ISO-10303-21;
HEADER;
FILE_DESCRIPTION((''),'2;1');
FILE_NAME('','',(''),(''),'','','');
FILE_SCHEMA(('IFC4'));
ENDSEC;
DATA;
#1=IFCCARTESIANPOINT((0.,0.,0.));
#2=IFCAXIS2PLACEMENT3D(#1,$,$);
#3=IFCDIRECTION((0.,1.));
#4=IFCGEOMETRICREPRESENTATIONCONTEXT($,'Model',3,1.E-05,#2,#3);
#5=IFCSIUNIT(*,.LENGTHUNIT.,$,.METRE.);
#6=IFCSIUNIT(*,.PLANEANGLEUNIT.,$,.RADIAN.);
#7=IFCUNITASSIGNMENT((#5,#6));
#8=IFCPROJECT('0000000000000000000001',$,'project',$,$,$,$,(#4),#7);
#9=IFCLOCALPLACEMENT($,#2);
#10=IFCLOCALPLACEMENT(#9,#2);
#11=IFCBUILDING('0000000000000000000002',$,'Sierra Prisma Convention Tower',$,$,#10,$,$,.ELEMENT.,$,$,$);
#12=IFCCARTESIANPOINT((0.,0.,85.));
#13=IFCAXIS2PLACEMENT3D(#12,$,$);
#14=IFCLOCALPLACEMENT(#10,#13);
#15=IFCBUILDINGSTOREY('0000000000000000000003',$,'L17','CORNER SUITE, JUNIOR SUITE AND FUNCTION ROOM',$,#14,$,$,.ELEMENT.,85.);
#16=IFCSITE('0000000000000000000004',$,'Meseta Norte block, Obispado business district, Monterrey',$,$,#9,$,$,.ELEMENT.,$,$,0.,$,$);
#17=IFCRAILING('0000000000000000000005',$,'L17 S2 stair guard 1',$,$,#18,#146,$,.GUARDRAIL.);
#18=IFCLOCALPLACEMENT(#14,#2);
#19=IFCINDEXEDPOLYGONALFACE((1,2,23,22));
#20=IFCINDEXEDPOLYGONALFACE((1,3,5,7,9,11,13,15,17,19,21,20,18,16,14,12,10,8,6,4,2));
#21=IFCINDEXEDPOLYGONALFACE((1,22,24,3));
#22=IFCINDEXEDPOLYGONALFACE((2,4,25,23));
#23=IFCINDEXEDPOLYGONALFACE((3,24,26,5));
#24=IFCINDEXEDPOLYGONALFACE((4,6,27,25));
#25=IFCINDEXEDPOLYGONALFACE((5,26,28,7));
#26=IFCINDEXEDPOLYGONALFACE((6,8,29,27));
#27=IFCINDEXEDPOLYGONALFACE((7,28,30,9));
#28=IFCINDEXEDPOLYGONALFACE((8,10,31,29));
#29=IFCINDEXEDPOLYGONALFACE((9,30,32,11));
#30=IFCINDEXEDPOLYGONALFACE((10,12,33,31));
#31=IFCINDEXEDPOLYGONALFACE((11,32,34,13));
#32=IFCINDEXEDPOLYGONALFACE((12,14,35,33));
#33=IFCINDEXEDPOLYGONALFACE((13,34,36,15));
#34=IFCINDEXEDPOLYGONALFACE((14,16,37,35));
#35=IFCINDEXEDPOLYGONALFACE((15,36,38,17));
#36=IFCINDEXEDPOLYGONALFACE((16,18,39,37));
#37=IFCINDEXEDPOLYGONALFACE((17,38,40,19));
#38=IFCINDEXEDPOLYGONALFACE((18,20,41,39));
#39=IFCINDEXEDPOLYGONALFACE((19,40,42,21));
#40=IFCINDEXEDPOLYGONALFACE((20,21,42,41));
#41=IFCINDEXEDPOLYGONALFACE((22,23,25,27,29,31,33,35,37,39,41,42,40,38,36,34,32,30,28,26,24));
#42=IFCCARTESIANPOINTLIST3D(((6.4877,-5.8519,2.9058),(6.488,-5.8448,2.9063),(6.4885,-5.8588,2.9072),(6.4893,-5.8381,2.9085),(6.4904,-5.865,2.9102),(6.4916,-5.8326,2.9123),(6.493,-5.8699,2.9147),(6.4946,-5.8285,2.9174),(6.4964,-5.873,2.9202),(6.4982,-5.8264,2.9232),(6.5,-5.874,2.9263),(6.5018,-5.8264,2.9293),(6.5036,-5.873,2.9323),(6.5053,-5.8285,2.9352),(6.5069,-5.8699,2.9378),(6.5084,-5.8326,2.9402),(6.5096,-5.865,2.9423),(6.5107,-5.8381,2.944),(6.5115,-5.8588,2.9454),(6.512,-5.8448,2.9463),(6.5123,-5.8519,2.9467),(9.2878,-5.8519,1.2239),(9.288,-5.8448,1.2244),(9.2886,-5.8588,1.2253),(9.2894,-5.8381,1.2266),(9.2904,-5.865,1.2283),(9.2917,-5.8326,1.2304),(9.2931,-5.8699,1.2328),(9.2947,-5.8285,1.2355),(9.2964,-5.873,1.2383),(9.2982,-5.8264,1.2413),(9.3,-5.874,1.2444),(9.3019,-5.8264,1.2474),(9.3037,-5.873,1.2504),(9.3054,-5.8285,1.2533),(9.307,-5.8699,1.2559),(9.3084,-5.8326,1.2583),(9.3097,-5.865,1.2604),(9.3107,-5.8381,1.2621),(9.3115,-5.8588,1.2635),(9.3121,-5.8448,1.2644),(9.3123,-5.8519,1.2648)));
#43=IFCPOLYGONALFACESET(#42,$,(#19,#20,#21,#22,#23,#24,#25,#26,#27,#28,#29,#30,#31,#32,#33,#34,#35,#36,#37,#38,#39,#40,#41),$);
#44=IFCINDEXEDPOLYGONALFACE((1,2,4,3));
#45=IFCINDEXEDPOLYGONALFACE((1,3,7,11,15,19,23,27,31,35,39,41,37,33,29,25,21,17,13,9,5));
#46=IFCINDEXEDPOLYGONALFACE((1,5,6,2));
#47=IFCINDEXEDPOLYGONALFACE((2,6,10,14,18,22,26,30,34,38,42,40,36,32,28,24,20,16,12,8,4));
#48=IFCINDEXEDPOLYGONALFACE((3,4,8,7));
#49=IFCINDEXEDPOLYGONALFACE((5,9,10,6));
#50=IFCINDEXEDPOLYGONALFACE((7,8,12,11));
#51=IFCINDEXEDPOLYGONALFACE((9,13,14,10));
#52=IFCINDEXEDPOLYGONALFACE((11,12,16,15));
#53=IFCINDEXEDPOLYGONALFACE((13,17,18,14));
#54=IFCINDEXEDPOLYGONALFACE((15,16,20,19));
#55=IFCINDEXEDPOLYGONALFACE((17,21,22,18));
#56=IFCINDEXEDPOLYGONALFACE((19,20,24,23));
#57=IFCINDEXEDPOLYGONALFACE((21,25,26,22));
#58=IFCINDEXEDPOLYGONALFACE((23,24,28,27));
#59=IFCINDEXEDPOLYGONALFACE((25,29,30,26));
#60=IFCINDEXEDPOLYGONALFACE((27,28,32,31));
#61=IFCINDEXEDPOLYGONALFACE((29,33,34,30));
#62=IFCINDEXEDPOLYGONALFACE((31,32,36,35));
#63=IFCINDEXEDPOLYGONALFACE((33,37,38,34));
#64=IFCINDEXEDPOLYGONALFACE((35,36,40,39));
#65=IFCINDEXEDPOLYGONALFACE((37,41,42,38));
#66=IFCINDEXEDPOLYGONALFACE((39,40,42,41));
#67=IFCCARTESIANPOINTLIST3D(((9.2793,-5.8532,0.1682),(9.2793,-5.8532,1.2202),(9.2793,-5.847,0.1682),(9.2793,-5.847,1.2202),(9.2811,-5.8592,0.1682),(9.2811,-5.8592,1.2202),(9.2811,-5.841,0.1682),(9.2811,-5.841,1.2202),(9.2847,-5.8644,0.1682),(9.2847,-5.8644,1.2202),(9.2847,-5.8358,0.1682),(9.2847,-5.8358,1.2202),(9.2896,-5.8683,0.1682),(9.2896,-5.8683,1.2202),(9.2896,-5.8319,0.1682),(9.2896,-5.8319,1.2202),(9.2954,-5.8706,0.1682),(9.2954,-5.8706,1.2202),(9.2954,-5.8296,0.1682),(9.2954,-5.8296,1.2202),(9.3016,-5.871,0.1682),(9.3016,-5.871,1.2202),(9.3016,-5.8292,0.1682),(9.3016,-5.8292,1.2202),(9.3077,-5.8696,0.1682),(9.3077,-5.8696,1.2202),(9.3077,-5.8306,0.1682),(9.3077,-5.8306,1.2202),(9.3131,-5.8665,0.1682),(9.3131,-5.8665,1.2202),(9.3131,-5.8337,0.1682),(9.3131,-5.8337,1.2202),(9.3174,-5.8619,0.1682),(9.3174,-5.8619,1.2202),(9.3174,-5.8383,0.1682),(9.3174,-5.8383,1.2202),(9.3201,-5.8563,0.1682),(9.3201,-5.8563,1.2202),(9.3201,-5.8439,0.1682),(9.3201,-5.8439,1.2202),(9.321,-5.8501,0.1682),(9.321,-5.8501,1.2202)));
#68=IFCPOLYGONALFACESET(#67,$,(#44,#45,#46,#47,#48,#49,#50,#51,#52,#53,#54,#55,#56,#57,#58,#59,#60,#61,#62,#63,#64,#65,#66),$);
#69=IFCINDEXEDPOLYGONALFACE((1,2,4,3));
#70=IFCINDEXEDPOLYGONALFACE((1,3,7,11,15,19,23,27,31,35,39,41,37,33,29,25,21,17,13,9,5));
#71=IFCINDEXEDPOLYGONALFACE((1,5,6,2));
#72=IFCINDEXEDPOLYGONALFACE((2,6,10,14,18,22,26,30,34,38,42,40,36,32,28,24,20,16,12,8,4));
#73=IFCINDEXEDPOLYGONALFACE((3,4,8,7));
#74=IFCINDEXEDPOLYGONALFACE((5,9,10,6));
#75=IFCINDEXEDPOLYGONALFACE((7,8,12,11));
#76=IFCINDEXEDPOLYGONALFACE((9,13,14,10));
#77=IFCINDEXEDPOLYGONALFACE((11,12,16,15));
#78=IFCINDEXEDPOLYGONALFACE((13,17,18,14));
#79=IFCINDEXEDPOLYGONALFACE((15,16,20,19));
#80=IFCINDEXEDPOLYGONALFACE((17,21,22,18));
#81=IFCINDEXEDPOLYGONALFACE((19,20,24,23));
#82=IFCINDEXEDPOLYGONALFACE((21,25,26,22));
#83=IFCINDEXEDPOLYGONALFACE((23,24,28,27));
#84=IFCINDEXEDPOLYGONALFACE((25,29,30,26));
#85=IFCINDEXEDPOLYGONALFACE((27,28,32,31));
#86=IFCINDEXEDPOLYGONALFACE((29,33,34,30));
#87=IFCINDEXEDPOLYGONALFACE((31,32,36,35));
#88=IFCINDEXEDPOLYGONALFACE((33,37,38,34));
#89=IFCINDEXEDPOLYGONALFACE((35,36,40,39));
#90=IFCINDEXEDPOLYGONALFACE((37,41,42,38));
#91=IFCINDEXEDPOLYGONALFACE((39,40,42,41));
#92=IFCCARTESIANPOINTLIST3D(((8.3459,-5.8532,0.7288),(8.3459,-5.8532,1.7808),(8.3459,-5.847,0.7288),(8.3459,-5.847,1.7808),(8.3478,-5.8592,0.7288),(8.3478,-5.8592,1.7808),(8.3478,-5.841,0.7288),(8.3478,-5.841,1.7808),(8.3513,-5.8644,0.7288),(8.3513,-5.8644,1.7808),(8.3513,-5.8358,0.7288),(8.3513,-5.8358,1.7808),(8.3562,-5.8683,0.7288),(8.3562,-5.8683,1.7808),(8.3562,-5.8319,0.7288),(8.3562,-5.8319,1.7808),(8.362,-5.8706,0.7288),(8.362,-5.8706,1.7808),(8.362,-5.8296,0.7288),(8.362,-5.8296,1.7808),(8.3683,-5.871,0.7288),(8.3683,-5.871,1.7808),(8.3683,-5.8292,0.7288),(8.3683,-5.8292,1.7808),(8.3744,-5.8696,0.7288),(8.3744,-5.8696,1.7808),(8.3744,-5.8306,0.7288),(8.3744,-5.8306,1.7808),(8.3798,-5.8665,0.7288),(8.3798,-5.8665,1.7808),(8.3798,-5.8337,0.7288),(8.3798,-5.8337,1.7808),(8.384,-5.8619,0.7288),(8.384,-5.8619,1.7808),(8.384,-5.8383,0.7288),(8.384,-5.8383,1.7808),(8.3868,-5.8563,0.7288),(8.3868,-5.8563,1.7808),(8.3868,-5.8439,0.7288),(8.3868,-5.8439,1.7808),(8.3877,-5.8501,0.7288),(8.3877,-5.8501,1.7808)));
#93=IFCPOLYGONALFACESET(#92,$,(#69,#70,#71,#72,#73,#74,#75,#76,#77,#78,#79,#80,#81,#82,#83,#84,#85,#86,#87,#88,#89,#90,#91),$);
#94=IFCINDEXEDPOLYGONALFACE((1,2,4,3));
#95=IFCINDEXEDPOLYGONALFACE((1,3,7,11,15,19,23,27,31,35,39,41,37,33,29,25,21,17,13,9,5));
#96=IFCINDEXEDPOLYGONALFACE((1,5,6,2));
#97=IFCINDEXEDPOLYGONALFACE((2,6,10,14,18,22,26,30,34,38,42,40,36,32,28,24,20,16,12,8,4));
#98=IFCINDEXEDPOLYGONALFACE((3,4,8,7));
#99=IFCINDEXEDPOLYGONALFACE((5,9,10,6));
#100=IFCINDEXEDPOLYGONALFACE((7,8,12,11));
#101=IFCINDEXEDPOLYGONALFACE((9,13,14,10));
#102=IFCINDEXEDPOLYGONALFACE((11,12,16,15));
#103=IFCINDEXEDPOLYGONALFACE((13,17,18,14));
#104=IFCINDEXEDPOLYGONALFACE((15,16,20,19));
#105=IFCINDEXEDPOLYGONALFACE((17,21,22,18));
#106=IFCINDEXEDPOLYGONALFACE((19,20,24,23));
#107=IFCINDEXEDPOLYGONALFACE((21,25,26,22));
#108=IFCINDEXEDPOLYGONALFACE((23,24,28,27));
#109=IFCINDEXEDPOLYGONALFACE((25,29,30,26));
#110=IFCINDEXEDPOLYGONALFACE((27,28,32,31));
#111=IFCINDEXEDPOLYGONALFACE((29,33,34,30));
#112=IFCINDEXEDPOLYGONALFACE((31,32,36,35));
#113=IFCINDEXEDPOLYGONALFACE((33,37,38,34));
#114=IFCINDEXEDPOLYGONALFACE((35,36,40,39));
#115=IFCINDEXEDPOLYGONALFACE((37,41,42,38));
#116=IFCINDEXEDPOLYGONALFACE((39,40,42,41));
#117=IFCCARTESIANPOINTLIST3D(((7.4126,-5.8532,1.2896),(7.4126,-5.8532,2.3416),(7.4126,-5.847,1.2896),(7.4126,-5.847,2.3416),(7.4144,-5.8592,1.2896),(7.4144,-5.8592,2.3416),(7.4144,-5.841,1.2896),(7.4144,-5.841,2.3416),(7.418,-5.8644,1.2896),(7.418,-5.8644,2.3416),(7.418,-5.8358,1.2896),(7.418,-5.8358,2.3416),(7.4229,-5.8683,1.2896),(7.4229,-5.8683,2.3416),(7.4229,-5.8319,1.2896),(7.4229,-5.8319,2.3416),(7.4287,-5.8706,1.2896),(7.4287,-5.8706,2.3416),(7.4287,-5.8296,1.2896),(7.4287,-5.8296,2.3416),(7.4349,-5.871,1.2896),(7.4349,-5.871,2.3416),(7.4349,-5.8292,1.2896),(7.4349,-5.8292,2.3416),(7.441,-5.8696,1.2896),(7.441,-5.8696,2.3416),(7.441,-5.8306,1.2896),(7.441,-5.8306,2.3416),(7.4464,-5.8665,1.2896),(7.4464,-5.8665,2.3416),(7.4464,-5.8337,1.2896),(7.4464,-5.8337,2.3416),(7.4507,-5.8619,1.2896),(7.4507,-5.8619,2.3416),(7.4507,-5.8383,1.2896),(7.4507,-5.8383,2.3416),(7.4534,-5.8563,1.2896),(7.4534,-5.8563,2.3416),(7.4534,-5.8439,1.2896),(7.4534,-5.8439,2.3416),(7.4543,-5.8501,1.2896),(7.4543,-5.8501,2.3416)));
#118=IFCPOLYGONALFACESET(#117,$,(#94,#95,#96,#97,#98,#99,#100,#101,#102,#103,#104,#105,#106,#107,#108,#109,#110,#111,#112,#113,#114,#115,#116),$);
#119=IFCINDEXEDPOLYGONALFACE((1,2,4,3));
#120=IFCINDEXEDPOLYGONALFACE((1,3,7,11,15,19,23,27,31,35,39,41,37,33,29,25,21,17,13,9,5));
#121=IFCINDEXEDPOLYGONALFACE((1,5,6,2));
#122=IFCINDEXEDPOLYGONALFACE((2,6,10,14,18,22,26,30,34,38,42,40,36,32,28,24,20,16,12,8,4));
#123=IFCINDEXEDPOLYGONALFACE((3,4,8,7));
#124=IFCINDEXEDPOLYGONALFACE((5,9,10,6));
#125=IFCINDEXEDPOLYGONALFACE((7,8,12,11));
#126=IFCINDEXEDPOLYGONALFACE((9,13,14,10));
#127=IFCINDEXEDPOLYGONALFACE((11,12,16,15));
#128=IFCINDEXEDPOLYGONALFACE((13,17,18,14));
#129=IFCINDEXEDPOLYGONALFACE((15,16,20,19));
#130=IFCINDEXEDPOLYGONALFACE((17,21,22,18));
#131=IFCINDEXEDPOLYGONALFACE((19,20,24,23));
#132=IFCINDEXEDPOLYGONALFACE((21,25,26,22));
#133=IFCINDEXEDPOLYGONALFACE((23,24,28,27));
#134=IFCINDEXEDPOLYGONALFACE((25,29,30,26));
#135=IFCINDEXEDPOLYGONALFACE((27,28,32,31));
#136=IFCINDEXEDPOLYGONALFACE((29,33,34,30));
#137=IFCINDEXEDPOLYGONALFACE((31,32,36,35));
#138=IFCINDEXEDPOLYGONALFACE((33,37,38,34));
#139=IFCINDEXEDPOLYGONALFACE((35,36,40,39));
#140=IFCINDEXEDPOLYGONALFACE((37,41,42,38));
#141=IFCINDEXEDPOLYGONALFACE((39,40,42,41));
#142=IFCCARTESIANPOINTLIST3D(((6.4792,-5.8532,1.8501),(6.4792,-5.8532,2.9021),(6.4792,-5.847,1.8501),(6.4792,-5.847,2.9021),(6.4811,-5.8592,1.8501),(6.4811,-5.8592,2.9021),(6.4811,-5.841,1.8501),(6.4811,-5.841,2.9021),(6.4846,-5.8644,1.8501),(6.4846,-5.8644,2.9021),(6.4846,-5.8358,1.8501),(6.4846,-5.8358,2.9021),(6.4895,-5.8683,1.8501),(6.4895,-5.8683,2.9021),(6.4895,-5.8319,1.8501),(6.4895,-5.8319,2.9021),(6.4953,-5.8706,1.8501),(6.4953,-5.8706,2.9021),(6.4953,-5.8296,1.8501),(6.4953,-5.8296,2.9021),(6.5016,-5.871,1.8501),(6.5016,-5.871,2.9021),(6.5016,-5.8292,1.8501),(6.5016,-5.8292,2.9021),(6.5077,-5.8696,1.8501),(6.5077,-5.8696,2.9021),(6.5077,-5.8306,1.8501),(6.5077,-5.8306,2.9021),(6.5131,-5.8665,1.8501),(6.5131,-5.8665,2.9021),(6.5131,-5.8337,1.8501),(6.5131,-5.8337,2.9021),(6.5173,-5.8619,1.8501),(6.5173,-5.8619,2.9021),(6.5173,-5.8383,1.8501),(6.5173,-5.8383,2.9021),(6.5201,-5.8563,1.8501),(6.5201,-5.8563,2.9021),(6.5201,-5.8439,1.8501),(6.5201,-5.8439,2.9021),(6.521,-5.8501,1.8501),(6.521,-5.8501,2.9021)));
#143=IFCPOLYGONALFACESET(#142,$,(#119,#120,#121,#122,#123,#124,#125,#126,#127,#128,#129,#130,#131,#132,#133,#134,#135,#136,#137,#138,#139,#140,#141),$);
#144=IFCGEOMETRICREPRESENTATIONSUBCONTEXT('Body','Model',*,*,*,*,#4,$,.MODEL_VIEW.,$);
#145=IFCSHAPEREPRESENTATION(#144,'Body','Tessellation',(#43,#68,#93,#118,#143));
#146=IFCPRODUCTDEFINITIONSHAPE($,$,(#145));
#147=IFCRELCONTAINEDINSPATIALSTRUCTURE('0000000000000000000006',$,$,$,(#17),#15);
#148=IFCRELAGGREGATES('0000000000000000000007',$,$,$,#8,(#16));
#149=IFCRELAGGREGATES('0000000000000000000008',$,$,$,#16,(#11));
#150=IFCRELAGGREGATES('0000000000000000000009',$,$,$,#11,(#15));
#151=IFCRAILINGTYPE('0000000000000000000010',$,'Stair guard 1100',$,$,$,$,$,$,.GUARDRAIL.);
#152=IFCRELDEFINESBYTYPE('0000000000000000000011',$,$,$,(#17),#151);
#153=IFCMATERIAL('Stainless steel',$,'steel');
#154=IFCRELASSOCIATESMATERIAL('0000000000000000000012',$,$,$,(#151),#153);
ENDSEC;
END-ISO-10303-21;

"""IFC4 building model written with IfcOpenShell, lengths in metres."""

from ifc_helpers import new_model, si_unit, direction, frame, origin, origin_2d, place, context, subcontext, project, spatial, circle, extrude, material, type_object, element, save


model = new_model("IFC4")

# Units and contexts
model_context = context("Model", 3, precision=1e-05, world=origin(), true_north=direction((0.0, 1.0)))
body_context = subcontext(model_context, "Body", "Model", "MODEL_VIEW")
ifc_project = project(units=[si_unit("LENGTHUNIT", "METRE"), si_unit("PLANEANGLEUNIT", "RADIAN")], contexts=[model_context])

# Site, building, storey
site_placement = place(None, origin())
site = spatial("IfcSite", under=ifc_project, at=site_placement, Name="Meseta Norte block, Obispado business district, Monterrey", CompositionType="ELEMENT", RefElevation=0.0)
building_placement = place(site_placement, origin())
building = spatial("IfcBuilding", under=site, at=building_placement, Name="Sierra Prisma Convention Tower", CompositionType="ELEMENT")
storey_placement = place(building_placement, frame((0.0, 0.0, 85.0)))
storey = spatial("IfcBuildingStorey", under=building, at=storey_placement, Name="L17", Description="CORNER SUITE, JUNIOR SUITE AND FUNCTION ROOM", CompositionType="ELEMENT", Elevation=85.0)

# Railing
ifc_material_1 = material(Name="Stainless steel", Category="steel")
railing_type_1 = type_object("IfcRailingType", Name="Stair guard 1100", PredefinedType="GUARDRAIL", material=ifc_material_1)
railing_1_placement = place(storey_placement, frame((9.3, -5.8501, 0.1682)))
element("IfcRailing", 1, at=railing_1_placement, inside=storey, type_object=railing_type_1, Name="L17 S2 stair guard 1", PredefinedType="GUARDRAIL", context=body_context, shape_type="SweptSolid", body=[
    extrude(circle(Radius=0.0239, at=origin_2d()), frame((0.0, 0.0, 1.0762), z_axis=(-0.857242, 0.0, 0.514913), x_axis=(0.0, -1.0, 0.0)), (0.0, 0.0, 1.0), 3.2664),
    extrude(circle(Radius=0.021, at=origin_2d()), origin(), (0.0, 0.0, 1.0), 1.052),
    extrude(circle(Radius=0.021, at=origin_2d()), frame((-0.9333, 0.0, 0.5605)), (0.0, 0.0, 1.0), 1.052),
    extrude(circle(Radius=0.021, at=origin_2d()), frame((-1.8667, 0.0, 1.1213)), (0.0, 0.0, 1.0), 1.052),
    extrude(circle(Radius=0.021, at=origin_2d()), frame((-2.8, 0.0, 1.6819)), (0.0, 0.0, 1.0), 1.052),
])

save(model, "model.ifc")
